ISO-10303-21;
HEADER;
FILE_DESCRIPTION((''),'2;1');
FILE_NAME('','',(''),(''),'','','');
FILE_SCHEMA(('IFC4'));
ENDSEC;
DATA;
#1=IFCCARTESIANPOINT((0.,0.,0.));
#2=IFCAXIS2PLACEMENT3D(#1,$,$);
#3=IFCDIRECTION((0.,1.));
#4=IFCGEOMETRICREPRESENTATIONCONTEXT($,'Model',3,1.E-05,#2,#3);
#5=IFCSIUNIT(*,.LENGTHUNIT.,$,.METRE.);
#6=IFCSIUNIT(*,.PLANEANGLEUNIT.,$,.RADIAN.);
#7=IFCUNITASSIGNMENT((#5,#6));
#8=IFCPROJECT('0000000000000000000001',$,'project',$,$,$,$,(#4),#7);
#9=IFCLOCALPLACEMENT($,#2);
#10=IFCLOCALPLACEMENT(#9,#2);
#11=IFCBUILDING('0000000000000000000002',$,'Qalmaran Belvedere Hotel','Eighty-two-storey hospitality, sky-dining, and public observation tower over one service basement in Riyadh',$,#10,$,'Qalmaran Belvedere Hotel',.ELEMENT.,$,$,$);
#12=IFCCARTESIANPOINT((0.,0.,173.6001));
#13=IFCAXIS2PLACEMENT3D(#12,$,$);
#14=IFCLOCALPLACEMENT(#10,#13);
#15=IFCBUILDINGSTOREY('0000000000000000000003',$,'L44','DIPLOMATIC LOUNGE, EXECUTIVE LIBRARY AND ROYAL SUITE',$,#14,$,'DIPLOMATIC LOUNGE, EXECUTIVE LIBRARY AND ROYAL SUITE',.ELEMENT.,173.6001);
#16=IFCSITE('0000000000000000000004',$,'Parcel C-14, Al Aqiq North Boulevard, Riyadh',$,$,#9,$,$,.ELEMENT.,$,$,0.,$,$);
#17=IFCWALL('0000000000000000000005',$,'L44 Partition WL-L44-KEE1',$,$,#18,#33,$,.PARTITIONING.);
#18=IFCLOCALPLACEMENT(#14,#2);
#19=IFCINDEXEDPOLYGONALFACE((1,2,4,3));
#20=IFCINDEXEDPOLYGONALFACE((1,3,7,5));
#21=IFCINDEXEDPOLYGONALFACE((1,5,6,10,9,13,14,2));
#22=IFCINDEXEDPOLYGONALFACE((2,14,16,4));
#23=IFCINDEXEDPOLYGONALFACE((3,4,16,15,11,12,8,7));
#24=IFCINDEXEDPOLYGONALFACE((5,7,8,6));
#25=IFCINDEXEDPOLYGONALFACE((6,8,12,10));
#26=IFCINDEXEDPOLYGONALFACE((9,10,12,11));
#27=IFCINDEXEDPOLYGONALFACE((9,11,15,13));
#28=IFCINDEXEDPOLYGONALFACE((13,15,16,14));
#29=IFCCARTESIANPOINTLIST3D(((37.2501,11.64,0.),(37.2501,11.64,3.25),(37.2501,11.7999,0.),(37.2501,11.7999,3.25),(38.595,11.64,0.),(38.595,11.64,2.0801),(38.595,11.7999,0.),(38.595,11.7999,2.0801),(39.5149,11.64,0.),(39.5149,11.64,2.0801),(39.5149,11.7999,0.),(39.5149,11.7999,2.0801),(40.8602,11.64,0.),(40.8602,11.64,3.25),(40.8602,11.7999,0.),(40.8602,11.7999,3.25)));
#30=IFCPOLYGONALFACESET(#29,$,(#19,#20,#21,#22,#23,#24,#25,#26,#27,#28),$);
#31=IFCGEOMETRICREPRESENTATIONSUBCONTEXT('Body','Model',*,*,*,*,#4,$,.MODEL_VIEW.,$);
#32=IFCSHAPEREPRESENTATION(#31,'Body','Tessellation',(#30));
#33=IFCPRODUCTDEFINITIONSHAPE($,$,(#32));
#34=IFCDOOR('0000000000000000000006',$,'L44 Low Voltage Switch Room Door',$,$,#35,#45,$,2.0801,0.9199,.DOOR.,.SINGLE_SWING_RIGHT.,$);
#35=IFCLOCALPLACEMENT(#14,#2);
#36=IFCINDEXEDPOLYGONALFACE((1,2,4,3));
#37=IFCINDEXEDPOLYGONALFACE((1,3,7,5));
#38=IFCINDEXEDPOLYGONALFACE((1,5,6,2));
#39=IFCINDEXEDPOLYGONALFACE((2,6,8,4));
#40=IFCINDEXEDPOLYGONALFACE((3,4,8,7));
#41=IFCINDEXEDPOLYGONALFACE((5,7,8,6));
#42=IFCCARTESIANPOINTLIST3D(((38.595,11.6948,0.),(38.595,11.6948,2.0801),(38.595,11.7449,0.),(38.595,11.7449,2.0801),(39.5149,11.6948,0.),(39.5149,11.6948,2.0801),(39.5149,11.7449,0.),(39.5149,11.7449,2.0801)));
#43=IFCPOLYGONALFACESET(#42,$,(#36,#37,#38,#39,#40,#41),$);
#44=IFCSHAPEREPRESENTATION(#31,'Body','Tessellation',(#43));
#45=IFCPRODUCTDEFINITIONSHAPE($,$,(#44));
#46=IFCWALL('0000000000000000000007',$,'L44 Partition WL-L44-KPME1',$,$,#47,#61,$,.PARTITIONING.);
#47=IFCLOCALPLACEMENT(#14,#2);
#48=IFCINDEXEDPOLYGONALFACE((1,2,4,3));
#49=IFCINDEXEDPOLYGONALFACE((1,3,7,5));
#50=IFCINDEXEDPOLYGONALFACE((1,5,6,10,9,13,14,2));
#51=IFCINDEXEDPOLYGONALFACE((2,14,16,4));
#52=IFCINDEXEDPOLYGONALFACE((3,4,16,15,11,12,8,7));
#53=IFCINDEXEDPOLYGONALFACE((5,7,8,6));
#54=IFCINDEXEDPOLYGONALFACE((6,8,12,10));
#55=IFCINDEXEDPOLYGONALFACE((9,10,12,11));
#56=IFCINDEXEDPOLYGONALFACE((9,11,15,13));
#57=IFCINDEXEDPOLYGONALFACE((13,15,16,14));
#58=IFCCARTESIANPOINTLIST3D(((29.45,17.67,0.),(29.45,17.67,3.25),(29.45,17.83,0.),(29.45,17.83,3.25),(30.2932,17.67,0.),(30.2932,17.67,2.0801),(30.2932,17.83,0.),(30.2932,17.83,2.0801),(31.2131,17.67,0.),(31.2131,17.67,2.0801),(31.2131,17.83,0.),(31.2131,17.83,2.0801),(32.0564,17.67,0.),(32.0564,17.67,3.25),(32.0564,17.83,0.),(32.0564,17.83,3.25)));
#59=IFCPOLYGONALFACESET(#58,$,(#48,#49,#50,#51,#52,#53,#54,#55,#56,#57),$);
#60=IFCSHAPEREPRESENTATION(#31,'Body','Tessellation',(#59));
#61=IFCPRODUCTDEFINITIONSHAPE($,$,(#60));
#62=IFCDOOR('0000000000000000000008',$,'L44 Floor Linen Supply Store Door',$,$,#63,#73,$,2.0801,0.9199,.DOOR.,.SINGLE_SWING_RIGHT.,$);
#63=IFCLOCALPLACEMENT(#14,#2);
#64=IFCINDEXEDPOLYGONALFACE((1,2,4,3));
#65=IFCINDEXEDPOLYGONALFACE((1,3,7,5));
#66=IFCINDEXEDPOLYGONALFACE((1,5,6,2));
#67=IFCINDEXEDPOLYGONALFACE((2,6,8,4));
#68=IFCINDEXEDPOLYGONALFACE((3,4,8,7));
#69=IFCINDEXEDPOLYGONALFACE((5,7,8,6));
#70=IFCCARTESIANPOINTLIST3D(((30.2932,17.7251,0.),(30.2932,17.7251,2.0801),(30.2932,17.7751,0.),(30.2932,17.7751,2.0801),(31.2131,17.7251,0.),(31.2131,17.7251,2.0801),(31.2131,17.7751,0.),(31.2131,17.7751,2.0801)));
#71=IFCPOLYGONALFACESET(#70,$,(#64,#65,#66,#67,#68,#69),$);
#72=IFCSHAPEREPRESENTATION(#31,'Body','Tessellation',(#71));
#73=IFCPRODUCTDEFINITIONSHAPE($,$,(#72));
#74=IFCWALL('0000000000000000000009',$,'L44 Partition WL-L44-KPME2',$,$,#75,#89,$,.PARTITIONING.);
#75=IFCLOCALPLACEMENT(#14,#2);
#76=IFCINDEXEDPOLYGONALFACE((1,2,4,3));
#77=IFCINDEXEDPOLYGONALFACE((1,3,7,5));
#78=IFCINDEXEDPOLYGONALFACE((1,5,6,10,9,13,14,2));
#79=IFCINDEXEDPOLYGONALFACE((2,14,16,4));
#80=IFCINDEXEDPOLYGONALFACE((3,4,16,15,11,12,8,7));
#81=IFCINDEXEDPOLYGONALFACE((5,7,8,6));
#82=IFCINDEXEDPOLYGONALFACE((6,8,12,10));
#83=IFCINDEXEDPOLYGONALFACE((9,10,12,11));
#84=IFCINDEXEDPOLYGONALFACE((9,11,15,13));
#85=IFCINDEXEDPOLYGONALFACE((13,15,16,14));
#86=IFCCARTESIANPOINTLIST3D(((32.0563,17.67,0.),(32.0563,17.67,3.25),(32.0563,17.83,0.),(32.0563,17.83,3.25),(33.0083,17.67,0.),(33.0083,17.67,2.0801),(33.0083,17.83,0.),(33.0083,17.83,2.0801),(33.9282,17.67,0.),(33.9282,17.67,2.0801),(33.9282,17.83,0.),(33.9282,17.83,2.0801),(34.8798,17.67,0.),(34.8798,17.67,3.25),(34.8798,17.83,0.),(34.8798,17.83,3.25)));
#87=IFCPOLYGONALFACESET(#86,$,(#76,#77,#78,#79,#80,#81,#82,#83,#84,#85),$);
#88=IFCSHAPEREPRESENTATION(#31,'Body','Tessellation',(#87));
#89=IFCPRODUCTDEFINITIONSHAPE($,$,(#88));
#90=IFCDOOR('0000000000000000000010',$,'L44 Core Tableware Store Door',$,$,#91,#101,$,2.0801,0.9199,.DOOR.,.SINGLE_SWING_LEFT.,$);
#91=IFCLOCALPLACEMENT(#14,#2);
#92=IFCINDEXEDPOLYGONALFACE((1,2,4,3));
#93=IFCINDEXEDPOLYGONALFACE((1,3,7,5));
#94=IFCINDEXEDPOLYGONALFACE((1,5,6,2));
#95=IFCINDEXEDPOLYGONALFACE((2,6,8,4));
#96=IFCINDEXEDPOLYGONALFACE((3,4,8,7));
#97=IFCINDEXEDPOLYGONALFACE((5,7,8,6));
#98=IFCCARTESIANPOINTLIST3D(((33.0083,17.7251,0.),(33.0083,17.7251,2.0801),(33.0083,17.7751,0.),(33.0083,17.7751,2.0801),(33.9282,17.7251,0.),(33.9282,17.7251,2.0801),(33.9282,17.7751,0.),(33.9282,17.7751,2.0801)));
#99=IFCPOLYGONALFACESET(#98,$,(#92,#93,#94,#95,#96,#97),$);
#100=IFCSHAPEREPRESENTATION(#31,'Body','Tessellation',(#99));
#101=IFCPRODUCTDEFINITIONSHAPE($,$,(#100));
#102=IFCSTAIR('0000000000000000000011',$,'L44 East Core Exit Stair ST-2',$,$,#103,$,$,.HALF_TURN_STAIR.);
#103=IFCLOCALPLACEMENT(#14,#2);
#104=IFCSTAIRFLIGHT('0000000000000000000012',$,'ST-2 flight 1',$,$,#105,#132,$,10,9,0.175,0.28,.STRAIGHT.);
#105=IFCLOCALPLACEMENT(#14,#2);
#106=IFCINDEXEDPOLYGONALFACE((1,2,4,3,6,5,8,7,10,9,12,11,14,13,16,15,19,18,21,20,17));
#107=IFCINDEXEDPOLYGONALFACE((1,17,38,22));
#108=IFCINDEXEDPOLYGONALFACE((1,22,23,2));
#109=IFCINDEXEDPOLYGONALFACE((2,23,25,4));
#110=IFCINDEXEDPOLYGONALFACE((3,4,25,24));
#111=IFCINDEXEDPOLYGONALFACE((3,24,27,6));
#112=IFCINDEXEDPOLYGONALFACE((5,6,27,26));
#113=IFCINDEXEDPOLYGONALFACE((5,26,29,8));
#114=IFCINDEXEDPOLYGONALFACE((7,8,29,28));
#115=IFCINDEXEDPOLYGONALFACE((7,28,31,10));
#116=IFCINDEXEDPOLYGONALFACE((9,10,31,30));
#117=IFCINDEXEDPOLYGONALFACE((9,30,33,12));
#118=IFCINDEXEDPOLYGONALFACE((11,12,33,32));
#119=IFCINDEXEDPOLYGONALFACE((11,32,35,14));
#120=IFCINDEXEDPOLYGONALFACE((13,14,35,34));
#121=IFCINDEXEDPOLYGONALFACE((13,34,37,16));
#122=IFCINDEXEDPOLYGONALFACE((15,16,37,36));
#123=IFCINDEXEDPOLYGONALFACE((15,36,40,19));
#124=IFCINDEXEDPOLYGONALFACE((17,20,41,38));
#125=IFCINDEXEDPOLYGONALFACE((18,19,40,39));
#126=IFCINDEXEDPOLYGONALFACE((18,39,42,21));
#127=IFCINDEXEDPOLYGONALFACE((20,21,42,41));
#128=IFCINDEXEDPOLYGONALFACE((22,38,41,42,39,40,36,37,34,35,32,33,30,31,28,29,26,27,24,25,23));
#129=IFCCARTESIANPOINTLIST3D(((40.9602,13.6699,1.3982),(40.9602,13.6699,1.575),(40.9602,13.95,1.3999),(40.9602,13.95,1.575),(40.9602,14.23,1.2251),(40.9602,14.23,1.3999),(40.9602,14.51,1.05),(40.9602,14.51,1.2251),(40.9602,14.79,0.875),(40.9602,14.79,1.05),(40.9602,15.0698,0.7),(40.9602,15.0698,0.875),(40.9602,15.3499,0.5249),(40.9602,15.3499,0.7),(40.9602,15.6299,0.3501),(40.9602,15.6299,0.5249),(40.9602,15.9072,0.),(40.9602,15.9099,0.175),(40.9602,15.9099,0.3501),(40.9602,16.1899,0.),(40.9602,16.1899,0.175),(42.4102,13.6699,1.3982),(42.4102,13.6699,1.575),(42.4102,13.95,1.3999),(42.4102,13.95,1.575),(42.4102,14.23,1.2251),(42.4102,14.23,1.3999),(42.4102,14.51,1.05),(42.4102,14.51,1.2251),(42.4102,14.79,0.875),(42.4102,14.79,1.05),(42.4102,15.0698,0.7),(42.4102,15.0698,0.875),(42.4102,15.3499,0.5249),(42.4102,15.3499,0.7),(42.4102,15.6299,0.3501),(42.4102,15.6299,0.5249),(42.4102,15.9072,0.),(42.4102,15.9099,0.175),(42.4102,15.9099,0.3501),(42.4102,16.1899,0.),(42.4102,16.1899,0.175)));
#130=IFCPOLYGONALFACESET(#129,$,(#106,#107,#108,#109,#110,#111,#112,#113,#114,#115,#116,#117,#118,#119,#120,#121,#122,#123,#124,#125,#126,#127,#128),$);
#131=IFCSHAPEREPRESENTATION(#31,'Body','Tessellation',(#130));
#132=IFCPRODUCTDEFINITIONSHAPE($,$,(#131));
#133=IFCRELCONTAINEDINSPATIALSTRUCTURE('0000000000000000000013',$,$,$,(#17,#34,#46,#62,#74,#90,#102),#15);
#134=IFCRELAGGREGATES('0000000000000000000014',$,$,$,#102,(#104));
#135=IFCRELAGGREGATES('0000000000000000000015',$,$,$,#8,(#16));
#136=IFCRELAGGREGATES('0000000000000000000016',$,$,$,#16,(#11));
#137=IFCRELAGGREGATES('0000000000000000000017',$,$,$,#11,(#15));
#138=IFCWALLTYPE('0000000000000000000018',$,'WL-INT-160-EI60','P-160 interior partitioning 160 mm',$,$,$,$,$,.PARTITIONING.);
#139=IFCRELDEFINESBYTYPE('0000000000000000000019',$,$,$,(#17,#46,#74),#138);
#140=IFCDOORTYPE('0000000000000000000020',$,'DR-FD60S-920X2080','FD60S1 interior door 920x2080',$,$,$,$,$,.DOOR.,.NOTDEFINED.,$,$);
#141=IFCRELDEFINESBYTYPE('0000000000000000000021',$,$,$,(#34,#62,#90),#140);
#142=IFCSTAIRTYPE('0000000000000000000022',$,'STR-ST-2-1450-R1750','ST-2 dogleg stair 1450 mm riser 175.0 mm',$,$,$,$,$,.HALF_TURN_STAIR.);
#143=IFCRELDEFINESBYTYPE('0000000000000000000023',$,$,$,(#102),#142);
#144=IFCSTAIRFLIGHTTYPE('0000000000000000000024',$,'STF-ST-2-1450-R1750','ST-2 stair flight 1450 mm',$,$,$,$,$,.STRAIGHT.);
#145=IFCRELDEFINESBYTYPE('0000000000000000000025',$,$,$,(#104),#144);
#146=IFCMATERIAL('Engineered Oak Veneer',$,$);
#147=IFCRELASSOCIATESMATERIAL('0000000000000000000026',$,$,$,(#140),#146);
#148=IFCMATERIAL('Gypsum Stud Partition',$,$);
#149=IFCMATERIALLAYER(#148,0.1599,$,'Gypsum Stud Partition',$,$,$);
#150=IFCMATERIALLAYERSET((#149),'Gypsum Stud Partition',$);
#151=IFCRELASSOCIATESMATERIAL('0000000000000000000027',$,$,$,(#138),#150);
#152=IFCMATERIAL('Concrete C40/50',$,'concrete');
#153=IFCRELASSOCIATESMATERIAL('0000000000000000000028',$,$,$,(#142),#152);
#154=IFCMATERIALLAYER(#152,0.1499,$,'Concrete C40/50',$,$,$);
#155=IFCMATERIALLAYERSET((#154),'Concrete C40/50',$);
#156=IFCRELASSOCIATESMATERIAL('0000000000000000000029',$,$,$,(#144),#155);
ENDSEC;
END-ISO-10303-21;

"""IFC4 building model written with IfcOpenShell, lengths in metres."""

from ifc_helpers import new_model, si_unit, direction, frame, frame_2d, origin, place, context, subcontext, project, spatial, polyline, rectangle, outline, extrude, material, layer, layer_set, type_object, element, fill, aggregate, save


model = new_model("IFC4")

# Units and contexts
model_context = context("Model", 3, precision=1e-05, world=origin(), true_north=direction((0.0, 1.0)))
body_context = subcontext(model_context, "Body", "Model", "MODEL_VIEW")
ifc_project = project(units=[si_unit("LENGTHUNIT", "METRE"), si_unit("PLANEANGLEUNIT", "RADIAN")], contexts=[model_context])

# Site, building, storey
site_placement = place(None, origin())
site = spatial("IfcSite", under=ifc_project, at=site_placement, Name="Parcel C-14, Al Aqiq North Boulevard, Riyadh", CompositionType="ELEMENT", RefElevation=0.0)
building_placement = place(site_placement, origin())
building = spatial("IfcBuilding", under=site, at=building_placement, Name="Qalmaran Belvedere Hotel", Description="Eighty-two-storey hospitality, sky-dining, and public observation tower over one service basement in Riyadh", LongName="Qalmaran Belvedere Hotel", CompositionType="ELEMENT")
storey_placement = place(building_placement, frame((0.0, 0.0, 173.6001)))
storey = spatial("IfcBuildingStorey", under=building, at=storey_placement, Name="L44", Description="DIPLOMATIC LOUNGE, EXECUTIVE LIBRARY AND ROYAL SUITE", LongName="DIPLOMATIC LOUNGE, EXECUTIVE LIBRARY AND ROYAL SUITE", CompositionType="ELEMENT", Elevation=173.6001)

# Shared definitions
ifc_material_1 = material(Name="Gypsum Stud Partition")

# Shared definitions
ifc_material_2 = material(Name="Engineered Oak Veneer")
door_type_1 = type_object("IfcDoorType", Name="DR-FD60S-920X2080", Description="FD60S1 interior door 920x2080", OperationType="NOTDEFINED", PredefinedType="DOOR", material=ifc_material_2)

# Walls, openings, doors
ifc_layer_1 = layer(ifc_material_1, 0.1599, Name="Gypsum Stud Partition")
ifc_layer_set_1 = layer_set([ifc_layer_1], Name="Gypsum Stud Partition")
wall_type_1 = type_object("IfcWallType", Name="WL-INT-160-EI60", Description="P-160 interior partitioning 160 mm", PredefinedType="PARTITIONING", material=ifc_layer_set_1)
wall_1_placement = place(storey_placement, frame((37.25, 11.72, 0.0), z_axis=(0.0, 0.0, 1.0), x_axis=(1.0, 0.0, 0.0)))
wall_1 = element("IfcWall", 1, at=wall_1_placement, inside=storey, type_object=wall_type_1, Name="L44 Partition WL-L44-KEE1", PredefinedType="PARTITIONING", context=body_context, shape_type="SweptSolid", body=[
    extrude(rectangle(XDim=3.6101, YDim=0.1599, at=frame_2d((1.8052, 0.0))), origin(), (0.0, 0.0, 1.0), 3.25),
])
opening_1_placement = place(wall_1_placement, frame((1.345, 0.0, 0.0)))
opening_1 = element("IfcOpeningElement", 2, at=opening_1_placement, cuts=wall_1, PredefinedType="OPENING", context=body_context, shape_type="SweptSolid", body=[
    extrude(rectangle(XDim=0.9199, YDim=2.0801, at=frame_2d((0.46, 1.04))), frame((0.0, 0.0898, 0.0), z_axis=(0.0, -1.0, 0.0), x_axis=(1.0, 0.0, 0.0)), (0.0, 0.0, 1.0), 0.1799),
])
door_1_placement = place(opening_1_placement, origin())
door_1 = element("IfcDoor", 3, at=door_1_placement, inside=storey, type_object=door_type_1, Name="L44 Low Voltage Switch Room Door", OperationType="SINGLE_SWING_RIGHT", OverallHeight=2.0801, OverallWidth=0.9199, PredefinedType="DOOR", context=body_context, shape_type="SweptSolid", body=[
    extrude(rectangle(XDim=0.9199, YDim=2.0801, at=frame_2d((0.46, 1.04))), frame((0.0, 0.0249, 0.0), z_axis=(0.0, -1.0, 0.0), x_axis=(1.0, 0.0, 0.0)), (0.0, 0.0, 1.0), 0.05),
])
fill(opening_1, door_1)
wall_2_placement = place(storey_placement, frame((29.45, 17.75, 0.0), z_axis=(0.0, 0.0, 1.0), x_axis=(1.0, 0.0, 0.0)))
wall_2 = element("IfcWall", 4, at=wall_2_placement, inside=storey, type_object=wall_type_1, Name="L44 Partition WL-L44-KPME1", PredefinedType="PARTITIONING", context=body_context, shape_type="SweptSolid", body=[
    extrude(rectangle(XDim=2.6064, YDim=0.1599, at=frame_2d((1.3032, 0.0))), origin(), (0.0, 0.0, 1.0), 3.25),
])
opening_2_placement = place(wall_2_placement, frame((1.7632, 0.0, 0.0), z_axis=(0.0, 0.0, 1.0), x_axis=(-1.0, 0.0, 0.0)))
opening_2 = element("IfcOpeningElement", 5, at=opening_2_placement, cuts=wall_2, PredefinedType="OPENING", context=body_context, shape_type="SweptSolid", body=[
    extrude(rectangle(XDim=0.9199, YDim=2.0801, at=frame_2d((0.46, 1.04))), frame((0.0, 0.0898, 0.0), z_axis=(0.0, -1.0, 0.0), x_axis=(1.0, 0.0, 0.0)), (0.0, 0.0, 1.0), 0.1799),
])
door_2_placement = place(opening_2_placement, origin())
door_2 = element("IfcDoor", 6, at=door_2_placement, inside=storey, type_object=door_type_1, Name="L44 Floor Linen Supply Store Door", OperationType="SINGLE_SWING_RIGHT", OverallHeight=2.0801, OverallWidth=0.9199, PredefinedType="DOOR", context=body_context, shape_type="SweptSolid", body=[
    extrude(rectangle(XDim=0.9199, YDim=2.0801, at=frame_2d((0.46, 1.04))), frame((0.0, 0.0249, 0.0), z_axis=(0.0, -1.0, 0.0), x_axis=(1.0, 0.0, 0.0)), (0.0, 0.0, 1.0), 0.05),
])
fill(opening_2, door_2)
wall_3_placement = place(storey_placement, frame((32.0564, 17.75, 0.0), z_axis=(0.0, 0.0, 1.0), x_axis=(1.0, 0.0, 0.0)))
wall_3 = element("IfcWall", 7, at=wall_3_placement, inside=storey, type_object=wall_type_1, Name="L44 Partition WL-L44-KPME2", PredefinedType="PARTITIONING", context=body_context, shape_type="SweptSolid", body=[
    extrude(rectangle(XDim=2.8235, YDim=0.1599, at=frame_2d((1.4116, 0.0))), origin(), (0.0, 0.0, 1.0), 3.25),
])
opening_3_placement = place(wall_3_placement, frame((1.8718, 0.0, 0.0), z_axis=(0.0, 0.0, 1.0), x_axis=(-1.0, 0.0, 0.0)))
opening_3 = element("IfcOpeningElement", 8, at=opening_3_placement, cuts=wall_3, PredefinedType="OPENING", context=body_context, shape_type="SweptSolid", body=[
    extrude(rectangle(XDim=0.9199, YDim=2.0801, at=frame_2d((0.46, 1.04))), frame((0.0, 0.0898, 0.0), z_axis=(0.0, -1.0, 0.0), x_axis=(1.0, 0.0, 0.0)), (0.0, 0.0, 1.0), 0.1799),
])
door_3_placement = place(opening_3_placement, origin())
door_3 = element("IfcDoor", 9, at=door_3_placement, inside=storey, type_object=door_type_1, Name="L44 Core Tableware Store Door", OperationType="SINGLE_SWING_LEFT", OverallHeight=2.0801, OverallWidth=0.9199, PredefinedType="DOOR", context=body_context, shape_type="SweptSolid", body=[
    extrude(rectangle(XDim=0.9199, YDim=2.0801, at=frame_2d((0.46, 1.04))), frame((0.0, 0.0249, 0.0), z_axis=(0.0, -1.0, 0.0), x_axis=(1.0, 0.0, 0.0)), (0.0, 0.0, 1.0), 0.05),
])
fill(opening_3, door_3)

# Stair, stair flight
ifc_material_3 = material(Name="Concrete C40/50", Category="concrete")
stair_type = type_object("IfcStairType", Name="STR-ST-2-1450-R1750", Description="ST-2 dogleg stair 1450 mm riser 175.0 mm", PredefinedType="HALF_TURN_STAIR", material=ifc_material_3)
stair_placement = place(storey_placement, origin())
stair = element("IfcStair", 10, at=stair_placement, inside=storey, type_object=stair_type, Name="L44 East Core Exit Stair ST-2", PredefinedType="HALF_TURN_STAIR")
ifc_layer_2 = layer(ifc_material_3, 0.1499, Name="Concrete C40/50")
ifc_layer_set_2 = layer_set([ifc_layer_2], Name="Concrete C40/50")
stair_flight_type = type_object("IfcStairFlightType", Name="STF-ST-2-1450-R1750", Description="ST-2 stair flight 1450 mm", PredefinedType="STRAIGHT", material=ifc_layer_set_2)
stair_flight_placement = place(storey_placement, frame((41.6851, 16.1899, 0.0), z_axis=(0.0, 0.0, 1.0), x_axis=(0.0, -1.0, 0.0)))
stair_flight = element("IfcStairFlight", 11, at=stair_flight_placement, type_object=stair_flight_type, Name="ST-2 flight 1", NumberOfRisers=10, NumberOfTreads=9, PredefinedType="STRAIGHT", RiserHeight=0.175, TreadLength=0.28, context=body_context, shape_type="SweptSolid", body=[
    extrude(outline(polyline([(0.0, 0.0), (0.0, 0.175), (0.28, 0.175), (0.28, 0.3501), (0.5601, 0.3501), (0.5601, 0.5249), (0.8401, 0.5249), (0.8401, 0.7), (1.1201, 0.7), (1.1201, 0.875), (1.3999, 0.875), (1.3999, 1.05), (1.6799, 1.05), (1.6799, 1.2251), (1.96, 1.2251), (1.96, 1.3999), (2.24, 1.3999), (2.24, 1.575), (2.52, 1.575), (2.52, 1.75), (2.52, 1.3982), (0.2827, 0.0), (0.0, 0.0)])), frame((0.0, 0.7251, 0.0), z_axis=(0.0, -1.0, 0.0), x_axis=(1.0, 0.0, 0.0)), (0.0, 0.0, 1.0), 1.45),
])
aggregate(stair, [stair_flight])

save(model, "model.ifc")
